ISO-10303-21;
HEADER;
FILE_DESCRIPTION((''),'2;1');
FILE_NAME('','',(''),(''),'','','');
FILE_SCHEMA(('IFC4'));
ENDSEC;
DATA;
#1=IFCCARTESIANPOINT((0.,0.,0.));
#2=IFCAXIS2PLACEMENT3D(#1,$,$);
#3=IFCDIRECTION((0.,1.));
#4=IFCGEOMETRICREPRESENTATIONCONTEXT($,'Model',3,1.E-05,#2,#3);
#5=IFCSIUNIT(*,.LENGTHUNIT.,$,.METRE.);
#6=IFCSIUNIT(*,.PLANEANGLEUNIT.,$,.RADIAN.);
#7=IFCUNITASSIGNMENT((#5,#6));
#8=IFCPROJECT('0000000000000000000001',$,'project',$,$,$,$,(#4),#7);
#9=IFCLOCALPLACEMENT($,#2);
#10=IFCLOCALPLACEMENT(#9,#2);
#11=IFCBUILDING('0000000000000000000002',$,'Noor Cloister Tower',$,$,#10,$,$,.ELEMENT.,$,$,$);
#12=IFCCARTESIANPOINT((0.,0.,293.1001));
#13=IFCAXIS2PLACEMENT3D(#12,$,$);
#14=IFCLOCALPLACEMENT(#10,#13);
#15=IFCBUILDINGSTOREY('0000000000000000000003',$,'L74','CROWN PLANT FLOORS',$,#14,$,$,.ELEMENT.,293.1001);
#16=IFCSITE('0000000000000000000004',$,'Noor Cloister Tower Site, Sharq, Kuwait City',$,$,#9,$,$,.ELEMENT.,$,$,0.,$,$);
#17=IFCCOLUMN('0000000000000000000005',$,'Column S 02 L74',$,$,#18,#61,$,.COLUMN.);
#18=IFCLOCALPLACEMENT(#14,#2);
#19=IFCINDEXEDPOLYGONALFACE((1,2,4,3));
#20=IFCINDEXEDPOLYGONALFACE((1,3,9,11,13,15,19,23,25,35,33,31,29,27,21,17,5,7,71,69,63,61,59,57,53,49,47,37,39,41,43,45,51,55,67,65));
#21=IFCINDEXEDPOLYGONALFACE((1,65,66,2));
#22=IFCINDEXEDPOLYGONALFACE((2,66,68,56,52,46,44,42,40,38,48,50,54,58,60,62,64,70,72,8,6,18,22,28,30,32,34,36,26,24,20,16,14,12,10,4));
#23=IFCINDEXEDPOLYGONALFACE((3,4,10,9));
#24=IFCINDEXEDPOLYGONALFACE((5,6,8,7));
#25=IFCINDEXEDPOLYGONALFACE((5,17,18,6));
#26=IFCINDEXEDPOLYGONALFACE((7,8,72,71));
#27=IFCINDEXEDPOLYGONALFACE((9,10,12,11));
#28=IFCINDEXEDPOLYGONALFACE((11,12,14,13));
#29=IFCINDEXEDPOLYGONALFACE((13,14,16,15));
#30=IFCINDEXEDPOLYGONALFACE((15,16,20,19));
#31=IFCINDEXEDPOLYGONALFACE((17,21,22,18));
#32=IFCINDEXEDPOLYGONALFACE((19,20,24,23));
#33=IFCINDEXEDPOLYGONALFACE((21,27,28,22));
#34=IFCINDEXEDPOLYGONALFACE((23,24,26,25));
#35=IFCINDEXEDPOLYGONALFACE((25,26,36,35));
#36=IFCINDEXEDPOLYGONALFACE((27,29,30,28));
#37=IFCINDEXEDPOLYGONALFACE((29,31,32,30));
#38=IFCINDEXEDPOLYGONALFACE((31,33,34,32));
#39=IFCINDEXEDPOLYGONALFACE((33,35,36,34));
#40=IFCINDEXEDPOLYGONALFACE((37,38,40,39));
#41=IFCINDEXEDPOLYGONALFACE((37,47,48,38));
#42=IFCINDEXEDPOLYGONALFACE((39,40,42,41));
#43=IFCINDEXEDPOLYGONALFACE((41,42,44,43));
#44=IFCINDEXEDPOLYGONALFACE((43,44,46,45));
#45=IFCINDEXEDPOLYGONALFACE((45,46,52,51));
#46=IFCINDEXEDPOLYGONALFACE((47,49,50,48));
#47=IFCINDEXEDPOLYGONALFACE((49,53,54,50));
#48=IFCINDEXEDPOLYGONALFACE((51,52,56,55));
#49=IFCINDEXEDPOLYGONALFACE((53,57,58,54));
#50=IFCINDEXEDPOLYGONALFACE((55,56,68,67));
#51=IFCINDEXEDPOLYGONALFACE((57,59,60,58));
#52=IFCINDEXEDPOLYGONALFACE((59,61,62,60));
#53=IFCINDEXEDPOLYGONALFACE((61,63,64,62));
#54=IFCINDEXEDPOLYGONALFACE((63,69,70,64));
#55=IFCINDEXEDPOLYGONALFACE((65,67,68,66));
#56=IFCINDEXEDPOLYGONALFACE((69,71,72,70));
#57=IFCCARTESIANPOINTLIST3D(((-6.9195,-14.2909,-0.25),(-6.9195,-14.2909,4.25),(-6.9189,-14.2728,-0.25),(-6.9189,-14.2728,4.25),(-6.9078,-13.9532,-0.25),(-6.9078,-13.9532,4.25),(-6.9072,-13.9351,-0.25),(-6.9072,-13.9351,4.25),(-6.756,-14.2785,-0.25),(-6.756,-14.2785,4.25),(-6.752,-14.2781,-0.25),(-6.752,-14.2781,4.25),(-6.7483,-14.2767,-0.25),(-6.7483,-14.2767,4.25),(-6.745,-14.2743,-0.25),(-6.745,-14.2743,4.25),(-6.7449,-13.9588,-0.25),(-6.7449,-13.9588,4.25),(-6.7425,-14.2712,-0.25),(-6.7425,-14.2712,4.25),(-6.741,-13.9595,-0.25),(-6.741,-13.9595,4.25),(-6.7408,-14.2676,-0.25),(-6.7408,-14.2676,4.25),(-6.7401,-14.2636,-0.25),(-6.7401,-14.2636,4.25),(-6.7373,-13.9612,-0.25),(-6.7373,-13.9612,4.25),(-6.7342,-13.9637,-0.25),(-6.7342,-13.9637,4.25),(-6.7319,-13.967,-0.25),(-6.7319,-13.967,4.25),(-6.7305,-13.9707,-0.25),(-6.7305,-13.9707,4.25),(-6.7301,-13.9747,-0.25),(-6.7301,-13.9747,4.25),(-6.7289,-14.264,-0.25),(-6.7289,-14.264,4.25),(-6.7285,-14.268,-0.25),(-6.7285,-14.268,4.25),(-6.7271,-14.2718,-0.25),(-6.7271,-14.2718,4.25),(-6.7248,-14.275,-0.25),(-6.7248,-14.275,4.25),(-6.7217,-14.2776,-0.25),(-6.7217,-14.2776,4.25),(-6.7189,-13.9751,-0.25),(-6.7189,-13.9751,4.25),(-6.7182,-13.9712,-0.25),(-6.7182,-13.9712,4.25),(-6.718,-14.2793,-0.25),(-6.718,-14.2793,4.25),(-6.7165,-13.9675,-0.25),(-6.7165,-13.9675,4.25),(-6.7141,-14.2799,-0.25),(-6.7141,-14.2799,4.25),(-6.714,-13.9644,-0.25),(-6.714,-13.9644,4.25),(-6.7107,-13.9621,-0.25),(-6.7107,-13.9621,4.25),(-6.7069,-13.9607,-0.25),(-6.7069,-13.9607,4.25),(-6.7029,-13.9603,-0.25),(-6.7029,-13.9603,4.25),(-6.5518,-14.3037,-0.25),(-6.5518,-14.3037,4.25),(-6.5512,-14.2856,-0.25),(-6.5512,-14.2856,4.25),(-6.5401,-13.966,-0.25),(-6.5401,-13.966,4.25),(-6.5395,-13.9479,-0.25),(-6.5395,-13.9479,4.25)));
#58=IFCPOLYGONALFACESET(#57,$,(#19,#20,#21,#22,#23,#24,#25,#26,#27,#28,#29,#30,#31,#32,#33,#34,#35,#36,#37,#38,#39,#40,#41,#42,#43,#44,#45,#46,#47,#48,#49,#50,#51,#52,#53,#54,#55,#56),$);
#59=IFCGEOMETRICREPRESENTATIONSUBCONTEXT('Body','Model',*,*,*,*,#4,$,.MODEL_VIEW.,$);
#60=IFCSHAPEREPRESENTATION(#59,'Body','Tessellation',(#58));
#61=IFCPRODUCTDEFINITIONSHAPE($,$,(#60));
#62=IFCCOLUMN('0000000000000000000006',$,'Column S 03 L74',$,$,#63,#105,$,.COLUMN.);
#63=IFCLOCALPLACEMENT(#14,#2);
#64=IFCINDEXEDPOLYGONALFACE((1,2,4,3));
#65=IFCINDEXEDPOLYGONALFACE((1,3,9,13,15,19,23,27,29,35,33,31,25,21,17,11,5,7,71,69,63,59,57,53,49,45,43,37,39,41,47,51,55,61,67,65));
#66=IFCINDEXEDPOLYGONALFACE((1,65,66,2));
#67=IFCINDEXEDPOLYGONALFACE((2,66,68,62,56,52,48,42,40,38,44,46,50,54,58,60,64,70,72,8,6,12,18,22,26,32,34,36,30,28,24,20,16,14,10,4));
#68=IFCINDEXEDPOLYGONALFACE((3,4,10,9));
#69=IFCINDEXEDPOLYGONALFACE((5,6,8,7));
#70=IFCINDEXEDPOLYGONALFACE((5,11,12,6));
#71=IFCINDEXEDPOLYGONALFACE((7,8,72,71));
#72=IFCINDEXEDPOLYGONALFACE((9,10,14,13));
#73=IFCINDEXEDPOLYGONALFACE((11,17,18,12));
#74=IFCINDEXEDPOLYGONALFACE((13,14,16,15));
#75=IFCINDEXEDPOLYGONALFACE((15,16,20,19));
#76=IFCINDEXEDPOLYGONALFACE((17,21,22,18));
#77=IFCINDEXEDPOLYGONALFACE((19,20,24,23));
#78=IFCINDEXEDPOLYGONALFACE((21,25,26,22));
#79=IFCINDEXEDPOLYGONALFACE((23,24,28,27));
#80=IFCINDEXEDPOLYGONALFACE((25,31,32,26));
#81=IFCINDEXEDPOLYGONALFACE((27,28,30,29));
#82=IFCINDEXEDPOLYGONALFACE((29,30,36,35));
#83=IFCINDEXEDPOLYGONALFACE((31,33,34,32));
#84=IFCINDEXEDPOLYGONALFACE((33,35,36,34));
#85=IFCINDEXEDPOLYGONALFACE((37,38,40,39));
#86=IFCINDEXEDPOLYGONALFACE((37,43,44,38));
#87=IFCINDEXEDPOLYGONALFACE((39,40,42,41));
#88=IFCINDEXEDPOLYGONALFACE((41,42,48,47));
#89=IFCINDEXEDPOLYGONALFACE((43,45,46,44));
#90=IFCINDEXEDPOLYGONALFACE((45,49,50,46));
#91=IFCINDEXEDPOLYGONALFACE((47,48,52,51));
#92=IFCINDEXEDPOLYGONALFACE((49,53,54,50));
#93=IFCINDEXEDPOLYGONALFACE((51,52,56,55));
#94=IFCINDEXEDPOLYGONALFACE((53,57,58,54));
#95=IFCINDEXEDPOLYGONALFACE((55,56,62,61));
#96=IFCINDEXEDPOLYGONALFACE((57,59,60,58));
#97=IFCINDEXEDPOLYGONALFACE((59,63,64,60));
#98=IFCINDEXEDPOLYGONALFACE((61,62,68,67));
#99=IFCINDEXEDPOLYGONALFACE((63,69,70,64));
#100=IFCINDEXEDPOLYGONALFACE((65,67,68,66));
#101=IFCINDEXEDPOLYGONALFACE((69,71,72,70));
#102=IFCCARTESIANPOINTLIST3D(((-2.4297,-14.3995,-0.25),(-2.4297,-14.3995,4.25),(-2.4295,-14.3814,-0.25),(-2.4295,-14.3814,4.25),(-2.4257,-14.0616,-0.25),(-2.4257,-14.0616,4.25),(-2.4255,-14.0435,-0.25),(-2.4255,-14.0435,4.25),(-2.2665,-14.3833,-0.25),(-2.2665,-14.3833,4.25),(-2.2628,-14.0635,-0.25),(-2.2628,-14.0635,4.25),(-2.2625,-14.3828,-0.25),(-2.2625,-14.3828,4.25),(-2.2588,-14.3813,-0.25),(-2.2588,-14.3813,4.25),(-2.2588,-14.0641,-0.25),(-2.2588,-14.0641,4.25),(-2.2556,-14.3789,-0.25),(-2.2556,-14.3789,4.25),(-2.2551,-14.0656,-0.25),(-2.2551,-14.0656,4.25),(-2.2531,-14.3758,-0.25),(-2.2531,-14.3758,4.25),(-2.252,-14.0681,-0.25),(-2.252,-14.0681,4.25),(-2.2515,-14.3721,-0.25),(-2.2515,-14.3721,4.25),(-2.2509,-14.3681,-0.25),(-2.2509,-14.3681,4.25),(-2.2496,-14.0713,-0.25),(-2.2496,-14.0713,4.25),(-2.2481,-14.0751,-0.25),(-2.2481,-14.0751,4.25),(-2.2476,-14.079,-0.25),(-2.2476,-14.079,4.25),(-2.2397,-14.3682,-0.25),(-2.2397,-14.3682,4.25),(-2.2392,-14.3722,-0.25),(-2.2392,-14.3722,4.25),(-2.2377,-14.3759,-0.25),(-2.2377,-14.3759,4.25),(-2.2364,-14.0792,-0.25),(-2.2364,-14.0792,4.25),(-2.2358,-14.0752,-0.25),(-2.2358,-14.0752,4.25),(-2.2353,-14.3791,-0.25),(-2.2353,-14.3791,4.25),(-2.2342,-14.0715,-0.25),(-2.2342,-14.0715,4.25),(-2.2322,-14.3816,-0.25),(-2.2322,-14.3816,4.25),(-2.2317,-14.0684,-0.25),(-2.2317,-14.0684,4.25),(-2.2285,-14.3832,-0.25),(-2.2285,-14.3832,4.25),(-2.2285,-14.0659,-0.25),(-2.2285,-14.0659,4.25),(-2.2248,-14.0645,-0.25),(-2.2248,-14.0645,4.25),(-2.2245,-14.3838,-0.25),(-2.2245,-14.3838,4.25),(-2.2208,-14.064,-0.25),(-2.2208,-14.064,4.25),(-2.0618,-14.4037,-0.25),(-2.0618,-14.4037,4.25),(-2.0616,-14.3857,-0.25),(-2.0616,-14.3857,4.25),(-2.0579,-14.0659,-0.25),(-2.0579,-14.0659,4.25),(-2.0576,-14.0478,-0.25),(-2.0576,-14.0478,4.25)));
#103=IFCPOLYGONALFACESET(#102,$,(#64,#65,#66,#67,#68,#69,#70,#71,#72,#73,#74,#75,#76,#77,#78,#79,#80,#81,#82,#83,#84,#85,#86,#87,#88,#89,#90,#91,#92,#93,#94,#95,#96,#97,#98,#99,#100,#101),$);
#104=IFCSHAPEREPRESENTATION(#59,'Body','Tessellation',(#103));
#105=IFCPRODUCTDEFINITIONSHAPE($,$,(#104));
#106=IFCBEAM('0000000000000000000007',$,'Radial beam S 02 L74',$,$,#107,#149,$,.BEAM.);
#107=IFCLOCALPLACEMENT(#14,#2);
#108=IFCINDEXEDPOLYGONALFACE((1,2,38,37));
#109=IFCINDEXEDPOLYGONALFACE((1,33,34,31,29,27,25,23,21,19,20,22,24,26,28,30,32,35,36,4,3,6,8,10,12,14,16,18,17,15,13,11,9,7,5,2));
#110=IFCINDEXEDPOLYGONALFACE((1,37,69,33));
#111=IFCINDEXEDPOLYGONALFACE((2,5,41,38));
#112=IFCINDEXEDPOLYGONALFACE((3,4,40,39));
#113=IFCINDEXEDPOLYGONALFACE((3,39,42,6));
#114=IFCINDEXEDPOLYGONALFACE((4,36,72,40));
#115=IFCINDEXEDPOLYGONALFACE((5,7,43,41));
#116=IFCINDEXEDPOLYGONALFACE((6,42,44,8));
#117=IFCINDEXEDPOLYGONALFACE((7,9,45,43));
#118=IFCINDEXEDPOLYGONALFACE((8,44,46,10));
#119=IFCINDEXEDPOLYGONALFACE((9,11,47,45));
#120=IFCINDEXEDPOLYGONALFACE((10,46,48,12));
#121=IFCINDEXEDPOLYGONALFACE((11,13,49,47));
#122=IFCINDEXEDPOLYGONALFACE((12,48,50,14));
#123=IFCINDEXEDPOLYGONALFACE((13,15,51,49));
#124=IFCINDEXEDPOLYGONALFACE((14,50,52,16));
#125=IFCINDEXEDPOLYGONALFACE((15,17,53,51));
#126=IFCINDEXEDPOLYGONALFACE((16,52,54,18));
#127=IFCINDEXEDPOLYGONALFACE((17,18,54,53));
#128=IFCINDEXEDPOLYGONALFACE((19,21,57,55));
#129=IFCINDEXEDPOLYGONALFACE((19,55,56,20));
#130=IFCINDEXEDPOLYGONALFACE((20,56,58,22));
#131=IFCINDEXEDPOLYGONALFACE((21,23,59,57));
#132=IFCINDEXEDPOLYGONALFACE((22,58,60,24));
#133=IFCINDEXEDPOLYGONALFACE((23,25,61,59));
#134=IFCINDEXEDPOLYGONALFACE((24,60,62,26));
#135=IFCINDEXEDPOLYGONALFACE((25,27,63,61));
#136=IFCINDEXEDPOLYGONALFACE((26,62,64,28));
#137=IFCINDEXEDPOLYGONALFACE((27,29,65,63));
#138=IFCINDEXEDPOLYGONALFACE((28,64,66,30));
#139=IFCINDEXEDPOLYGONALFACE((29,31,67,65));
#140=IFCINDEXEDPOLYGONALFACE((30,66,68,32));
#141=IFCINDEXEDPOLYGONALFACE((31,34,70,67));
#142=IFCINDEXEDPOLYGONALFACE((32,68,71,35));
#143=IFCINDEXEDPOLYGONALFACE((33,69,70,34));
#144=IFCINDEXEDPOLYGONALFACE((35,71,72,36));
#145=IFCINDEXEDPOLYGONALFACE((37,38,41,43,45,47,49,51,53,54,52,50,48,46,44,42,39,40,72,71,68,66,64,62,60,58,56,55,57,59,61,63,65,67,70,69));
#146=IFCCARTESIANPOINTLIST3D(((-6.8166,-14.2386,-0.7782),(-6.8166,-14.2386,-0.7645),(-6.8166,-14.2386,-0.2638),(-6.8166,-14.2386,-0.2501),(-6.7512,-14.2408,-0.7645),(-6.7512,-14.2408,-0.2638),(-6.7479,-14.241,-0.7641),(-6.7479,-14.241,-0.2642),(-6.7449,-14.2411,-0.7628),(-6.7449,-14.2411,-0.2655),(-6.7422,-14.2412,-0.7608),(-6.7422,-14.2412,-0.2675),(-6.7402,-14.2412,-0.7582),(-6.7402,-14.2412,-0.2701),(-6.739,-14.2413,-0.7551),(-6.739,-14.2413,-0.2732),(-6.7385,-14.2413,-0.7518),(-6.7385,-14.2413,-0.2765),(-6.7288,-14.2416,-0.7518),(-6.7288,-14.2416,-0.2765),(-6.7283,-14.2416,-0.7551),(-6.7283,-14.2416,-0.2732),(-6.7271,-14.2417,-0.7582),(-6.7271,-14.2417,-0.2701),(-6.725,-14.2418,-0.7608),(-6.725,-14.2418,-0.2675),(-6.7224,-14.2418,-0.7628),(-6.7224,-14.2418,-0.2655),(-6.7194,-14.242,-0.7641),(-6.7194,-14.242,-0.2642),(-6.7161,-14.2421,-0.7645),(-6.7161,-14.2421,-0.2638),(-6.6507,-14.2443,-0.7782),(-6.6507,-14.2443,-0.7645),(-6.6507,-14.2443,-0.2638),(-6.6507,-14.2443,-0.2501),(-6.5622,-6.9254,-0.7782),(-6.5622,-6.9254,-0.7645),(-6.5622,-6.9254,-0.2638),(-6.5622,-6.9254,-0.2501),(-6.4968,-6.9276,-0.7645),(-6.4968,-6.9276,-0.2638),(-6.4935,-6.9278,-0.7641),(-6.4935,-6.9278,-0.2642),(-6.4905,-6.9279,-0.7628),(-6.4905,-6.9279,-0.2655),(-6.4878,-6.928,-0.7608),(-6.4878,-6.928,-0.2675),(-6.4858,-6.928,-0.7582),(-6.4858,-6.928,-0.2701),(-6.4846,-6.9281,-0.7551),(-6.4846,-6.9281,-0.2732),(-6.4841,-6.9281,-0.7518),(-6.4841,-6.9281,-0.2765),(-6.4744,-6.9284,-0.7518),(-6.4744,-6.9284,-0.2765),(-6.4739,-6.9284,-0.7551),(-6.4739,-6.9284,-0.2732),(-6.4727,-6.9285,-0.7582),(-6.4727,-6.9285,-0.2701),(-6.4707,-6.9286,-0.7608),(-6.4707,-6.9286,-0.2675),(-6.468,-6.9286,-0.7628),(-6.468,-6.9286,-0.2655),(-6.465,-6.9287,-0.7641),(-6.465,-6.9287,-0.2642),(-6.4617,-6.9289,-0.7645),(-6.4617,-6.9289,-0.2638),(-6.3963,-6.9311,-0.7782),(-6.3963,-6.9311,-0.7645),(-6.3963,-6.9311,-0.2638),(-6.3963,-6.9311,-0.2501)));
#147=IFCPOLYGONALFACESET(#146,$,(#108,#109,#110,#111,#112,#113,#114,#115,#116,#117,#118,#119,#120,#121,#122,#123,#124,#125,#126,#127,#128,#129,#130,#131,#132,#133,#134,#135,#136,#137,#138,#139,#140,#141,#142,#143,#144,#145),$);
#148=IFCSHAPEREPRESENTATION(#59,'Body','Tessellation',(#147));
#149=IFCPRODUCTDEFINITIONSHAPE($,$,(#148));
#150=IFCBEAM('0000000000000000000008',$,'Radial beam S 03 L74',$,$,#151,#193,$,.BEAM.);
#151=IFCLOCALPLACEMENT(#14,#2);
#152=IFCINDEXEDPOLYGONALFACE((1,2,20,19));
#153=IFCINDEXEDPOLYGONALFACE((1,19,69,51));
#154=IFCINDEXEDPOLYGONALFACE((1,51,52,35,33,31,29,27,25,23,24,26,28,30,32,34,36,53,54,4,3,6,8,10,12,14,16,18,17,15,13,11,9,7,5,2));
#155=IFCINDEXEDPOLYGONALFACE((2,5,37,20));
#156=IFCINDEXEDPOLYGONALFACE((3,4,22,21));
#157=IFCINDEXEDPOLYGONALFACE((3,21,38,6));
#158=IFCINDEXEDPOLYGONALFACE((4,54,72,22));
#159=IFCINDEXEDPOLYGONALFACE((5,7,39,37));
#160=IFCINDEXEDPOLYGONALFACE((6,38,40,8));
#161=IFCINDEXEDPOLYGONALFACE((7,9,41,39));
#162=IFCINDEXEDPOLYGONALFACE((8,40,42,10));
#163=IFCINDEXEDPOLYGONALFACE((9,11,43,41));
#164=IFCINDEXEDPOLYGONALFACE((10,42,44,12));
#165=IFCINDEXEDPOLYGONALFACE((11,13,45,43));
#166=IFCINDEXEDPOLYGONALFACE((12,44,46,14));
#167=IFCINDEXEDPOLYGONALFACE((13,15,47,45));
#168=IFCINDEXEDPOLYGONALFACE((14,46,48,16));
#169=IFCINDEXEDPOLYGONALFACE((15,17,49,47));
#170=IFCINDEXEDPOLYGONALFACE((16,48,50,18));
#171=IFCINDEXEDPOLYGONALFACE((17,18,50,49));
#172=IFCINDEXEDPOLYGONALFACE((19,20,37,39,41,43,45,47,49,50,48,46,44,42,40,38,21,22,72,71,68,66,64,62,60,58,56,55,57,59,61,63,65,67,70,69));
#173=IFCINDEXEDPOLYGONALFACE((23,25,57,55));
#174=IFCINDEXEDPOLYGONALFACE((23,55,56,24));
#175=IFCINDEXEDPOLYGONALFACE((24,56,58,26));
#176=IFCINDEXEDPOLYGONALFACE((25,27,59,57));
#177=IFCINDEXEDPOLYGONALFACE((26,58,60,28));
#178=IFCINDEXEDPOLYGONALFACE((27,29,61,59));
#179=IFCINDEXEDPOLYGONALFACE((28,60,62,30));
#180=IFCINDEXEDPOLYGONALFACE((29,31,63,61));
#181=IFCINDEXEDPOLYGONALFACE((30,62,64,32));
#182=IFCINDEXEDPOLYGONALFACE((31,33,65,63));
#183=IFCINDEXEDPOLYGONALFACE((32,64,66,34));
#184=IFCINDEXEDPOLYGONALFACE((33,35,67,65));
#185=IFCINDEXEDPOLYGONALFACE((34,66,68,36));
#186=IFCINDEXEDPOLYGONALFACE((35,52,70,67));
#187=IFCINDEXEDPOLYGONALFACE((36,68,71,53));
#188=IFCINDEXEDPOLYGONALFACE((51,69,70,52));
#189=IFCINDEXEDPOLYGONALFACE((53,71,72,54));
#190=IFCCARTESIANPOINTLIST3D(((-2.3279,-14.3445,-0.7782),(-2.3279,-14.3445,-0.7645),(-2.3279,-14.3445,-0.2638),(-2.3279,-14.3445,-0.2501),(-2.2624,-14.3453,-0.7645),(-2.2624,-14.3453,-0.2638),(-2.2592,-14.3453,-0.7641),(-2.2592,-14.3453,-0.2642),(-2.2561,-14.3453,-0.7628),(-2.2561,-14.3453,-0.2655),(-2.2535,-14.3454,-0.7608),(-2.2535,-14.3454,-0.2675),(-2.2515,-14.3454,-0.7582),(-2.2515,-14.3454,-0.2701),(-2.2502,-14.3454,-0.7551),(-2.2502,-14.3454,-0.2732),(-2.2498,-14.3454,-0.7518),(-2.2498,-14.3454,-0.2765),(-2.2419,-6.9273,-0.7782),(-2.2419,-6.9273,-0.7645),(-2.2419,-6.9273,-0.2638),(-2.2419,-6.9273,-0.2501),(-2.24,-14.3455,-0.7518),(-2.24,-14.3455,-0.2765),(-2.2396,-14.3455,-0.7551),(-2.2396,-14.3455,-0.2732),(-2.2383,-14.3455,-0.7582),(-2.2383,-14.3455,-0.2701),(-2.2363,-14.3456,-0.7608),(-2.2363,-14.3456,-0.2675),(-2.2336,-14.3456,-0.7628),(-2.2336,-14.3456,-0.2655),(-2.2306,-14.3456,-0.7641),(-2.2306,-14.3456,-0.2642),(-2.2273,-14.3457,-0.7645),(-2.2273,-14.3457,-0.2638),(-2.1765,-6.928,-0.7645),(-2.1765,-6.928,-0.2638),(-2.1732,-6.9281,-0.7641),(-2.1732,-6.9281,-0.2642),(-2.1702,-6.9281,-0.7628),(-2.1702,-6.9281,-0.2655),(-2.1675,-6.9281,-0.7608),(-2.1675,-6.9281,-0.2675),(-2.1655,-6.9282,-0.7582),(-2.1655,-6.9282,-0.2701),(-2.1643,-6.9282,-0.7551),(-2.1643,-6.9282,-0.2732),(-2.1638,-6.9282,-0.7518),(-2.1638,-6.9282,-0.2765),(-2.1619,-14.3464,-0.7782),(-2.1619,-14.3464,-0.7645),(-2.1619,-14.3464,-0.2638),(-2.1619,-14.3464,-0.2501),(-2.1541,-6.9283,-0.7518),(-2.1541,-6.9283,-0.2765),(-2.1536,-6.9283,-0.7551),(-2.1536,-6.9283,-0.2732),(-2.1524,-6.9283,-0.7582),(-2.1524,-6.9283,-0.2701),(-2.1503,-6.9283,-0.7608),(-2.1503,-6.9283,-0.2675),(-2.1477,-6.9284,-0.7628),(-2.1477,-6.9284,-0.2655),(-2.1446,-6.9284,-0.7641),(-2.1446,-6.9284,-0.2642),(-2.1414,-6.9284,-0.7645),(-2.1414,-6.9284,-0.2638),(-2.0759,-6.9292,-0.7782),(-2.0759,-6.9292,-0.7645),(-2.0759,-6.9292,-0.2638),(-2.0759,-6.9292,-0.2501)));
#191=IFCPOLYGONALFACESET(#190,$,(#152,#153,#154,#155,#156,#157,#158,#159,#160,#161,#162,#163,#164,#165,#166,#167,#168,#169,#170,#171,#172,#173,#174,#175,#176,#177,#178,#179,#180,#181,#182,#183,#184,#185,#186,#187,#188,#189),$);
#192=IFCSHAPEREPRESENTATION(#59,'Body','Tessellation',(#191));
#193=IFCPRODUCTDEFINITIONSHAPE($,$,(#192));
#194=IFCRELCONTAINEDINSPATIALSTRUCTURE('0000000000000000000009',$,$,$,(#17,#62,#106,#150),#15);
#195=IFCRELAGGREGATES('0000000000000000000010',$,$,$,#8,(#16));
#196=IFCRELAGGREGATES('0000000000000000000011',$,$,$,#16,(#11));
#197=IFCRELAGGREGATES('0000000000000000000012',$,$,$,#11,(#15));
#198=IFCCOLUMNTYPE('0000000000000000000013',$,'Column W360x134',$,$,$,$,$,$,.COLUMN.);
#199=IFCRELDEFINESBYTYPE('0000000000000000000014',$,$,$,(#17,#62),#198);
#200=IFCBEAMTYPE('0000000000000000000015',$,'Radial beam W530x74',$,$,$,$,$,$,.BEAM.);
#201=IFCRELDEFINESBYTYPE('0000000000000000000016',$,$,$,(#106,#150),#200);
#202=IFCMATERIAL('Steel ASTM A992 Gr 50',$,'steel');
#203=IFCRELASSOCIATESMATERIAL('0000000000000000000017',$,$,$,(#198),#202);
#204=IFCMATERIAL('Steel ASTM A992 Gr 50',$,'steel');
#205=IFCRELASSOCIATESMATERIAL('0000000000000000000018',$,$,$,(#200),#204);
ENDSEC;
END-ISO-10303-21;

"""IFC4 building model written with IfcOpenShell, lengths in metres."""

from ifc_helpers import new_model, si_unit, direction, frame, origin, origin_2d, place, context, subcontext, project, spatial, i_section, extrude, material, material_profile, profile_set, type_object, element, save


model = new_model("IFC4")

# Units and contexts
model_context = context("Model", 3, precision=1e-05, world=origin(), true_north=direction((0.0, 1.0)))
body_context = subcontext(model_context, "Body", "Model", "MODEL_VIEW")
ifc_project = project(units=[si_unit("LENGTHUNIT", "METRE"), si_unit("PLANEANGLEUNIT", "RADIAN")], contexts=[model_context])

# Site, building, storey
site_placement = place(None, origin())
site = spatial("IfcSite", under=ifc_project, at=site_placement, Name="Noor Cloister Tower Site, Sharq, Kuwait City", CompositionType="ELEMENT", RefElevation=0.0)
building_placement = place(site_placement, origin())
building = spatial("IfcBuilding", under=site, at=building_placement, Name="Noor Cloister Tower", CompositionType="ELEMENT")
storey_placement = place(building_placement, frame((0.0, 0.0, 293.1001)))
storey = spatial("IfcBuildingStorey", under=building, at=storey_placement, Name="L74", Description="CROWN PLANT FLOORS", CompositionType="ELEMENT", Elevation=293.1001)

# Columns
ifc_material_1 = material(Name="Steel ASTM A992 Gr 50", Category="steel")
ifc_material_profile_1 = material_profile(ifc_material_1, i_section(OverallWidth=0.3679, OverallDepth=0.356, WebThickness=0.0112, FlangeThickness=0.0181, FilletRadius=0.0154, at=origin_2d()), Name="W360x134")
ifc_profile_set_1 = profile_set([ifc_material_profile_1], Name="Steel ASTM A992 Gr 50")
column_type = type_object("IfcColumnType", Name="Column W360x134", PredefinedType="COLUMN", material=ifc_profile_set_1)
for number, where, z_axis, x_axis, name in (
    (1, (-6.7295, -14.1194, -0.25), (0.0, 0.0, 1.0), (0.999395, -0.034782, 0.0), "Column S 02 L74"),
    (2, (-2.2437, -14.2236, -0.25), (0.0, 0.0, 1.0), (0.999933, -0.011596, 0.0), "Column S 03 L74"),
):
    element("IfcColumn", number, at=place(storey_placement, frame(where, z_axis=z_axis, x_axis=x_axis)), inside=storey, type_object=column_type, Name=name, PredefinedType="COLUMN", context=body_context, shape_type="SweptSolid", body=[
        extrude(i_section(OverallWidth=0.3679, OverallDepth=0.356, WebThickness=0.0112, FlangeThickness=0.0181, FilletRadius=0.0154, at=origin_2d()), origin(), (0.0, 0.0, 1.0), 4.5),
    ])

# Beams
ifc_material_2 = material(Name="Steel ASTM A992 Gr 50", Category="steel")
ifc_material_profile_2 = material_profile(ifc_material_2, i_section(OverallWidth=0.166, OverallDepth=0.5281, WebThickness=0.0098, FlangeThickness=0.0137, FilletRadius=0.0127, at=origin_2d()), Name="W530x74")
ifc_profile_set_2 = profile_set([ifc_material_profile_2], Name="Steel ASTM A992 Gr 50")
beam_type_1 = type_object("IfcBeamType", Name="Radial beam W530x74", PredefinedType="BEAM", material=ifc_profile_set_2)
beam_1_placement = place(storey_placement, frame((-6.7336, -14.2415, -0.5142), z_axis=(0.034764, 0.999396, 0.0), x_axis=(-0.999396, 0.034764, 0.0)))
element("IfcBeam", 3, at=beam_1_placement, inside=storey, type_object=beam_type_1, Name="Radial beam S 02 L74", PredefinedType="BEAM", context=body_context, shape_type="SweptSolid", body=[
    extrude(i_section(OverallWidth=0.166, OverallDepth=0.5281, WebThickness=0.0098, FlangeThickness=0.0137, FilletRadius=0.0127, at=origin_2d()), origin(), (0.0, 0.0, 1.0), 7.3176),
])
beam_2_placement = place(storey_placement, frame((-2.2449, -14.3455, -0.5142), z_axis=(0.011585, 0.999933, 0.0), x_axis=(-0.999933, 0.011585, 0.0)))
element("IfcBeam", 4, at=beam_2_placement, inside=storey, type_object=beam_type_1, Name="Radial beam S 03 L74", PredefinedType="BEAM", context=body_context, shape_type="SweptSolid", body=[
    extrude(i_section(OverallWidth=0.166, OverallDepth=0.5281, WebThickness=0.0098, FlangeThickness=0.0137, FilletRadius=0.0127, at=origin_2d()), origin(), (0.0, 0.0, 1.0), 7.4177),
])

save(model, "model.ifc")
